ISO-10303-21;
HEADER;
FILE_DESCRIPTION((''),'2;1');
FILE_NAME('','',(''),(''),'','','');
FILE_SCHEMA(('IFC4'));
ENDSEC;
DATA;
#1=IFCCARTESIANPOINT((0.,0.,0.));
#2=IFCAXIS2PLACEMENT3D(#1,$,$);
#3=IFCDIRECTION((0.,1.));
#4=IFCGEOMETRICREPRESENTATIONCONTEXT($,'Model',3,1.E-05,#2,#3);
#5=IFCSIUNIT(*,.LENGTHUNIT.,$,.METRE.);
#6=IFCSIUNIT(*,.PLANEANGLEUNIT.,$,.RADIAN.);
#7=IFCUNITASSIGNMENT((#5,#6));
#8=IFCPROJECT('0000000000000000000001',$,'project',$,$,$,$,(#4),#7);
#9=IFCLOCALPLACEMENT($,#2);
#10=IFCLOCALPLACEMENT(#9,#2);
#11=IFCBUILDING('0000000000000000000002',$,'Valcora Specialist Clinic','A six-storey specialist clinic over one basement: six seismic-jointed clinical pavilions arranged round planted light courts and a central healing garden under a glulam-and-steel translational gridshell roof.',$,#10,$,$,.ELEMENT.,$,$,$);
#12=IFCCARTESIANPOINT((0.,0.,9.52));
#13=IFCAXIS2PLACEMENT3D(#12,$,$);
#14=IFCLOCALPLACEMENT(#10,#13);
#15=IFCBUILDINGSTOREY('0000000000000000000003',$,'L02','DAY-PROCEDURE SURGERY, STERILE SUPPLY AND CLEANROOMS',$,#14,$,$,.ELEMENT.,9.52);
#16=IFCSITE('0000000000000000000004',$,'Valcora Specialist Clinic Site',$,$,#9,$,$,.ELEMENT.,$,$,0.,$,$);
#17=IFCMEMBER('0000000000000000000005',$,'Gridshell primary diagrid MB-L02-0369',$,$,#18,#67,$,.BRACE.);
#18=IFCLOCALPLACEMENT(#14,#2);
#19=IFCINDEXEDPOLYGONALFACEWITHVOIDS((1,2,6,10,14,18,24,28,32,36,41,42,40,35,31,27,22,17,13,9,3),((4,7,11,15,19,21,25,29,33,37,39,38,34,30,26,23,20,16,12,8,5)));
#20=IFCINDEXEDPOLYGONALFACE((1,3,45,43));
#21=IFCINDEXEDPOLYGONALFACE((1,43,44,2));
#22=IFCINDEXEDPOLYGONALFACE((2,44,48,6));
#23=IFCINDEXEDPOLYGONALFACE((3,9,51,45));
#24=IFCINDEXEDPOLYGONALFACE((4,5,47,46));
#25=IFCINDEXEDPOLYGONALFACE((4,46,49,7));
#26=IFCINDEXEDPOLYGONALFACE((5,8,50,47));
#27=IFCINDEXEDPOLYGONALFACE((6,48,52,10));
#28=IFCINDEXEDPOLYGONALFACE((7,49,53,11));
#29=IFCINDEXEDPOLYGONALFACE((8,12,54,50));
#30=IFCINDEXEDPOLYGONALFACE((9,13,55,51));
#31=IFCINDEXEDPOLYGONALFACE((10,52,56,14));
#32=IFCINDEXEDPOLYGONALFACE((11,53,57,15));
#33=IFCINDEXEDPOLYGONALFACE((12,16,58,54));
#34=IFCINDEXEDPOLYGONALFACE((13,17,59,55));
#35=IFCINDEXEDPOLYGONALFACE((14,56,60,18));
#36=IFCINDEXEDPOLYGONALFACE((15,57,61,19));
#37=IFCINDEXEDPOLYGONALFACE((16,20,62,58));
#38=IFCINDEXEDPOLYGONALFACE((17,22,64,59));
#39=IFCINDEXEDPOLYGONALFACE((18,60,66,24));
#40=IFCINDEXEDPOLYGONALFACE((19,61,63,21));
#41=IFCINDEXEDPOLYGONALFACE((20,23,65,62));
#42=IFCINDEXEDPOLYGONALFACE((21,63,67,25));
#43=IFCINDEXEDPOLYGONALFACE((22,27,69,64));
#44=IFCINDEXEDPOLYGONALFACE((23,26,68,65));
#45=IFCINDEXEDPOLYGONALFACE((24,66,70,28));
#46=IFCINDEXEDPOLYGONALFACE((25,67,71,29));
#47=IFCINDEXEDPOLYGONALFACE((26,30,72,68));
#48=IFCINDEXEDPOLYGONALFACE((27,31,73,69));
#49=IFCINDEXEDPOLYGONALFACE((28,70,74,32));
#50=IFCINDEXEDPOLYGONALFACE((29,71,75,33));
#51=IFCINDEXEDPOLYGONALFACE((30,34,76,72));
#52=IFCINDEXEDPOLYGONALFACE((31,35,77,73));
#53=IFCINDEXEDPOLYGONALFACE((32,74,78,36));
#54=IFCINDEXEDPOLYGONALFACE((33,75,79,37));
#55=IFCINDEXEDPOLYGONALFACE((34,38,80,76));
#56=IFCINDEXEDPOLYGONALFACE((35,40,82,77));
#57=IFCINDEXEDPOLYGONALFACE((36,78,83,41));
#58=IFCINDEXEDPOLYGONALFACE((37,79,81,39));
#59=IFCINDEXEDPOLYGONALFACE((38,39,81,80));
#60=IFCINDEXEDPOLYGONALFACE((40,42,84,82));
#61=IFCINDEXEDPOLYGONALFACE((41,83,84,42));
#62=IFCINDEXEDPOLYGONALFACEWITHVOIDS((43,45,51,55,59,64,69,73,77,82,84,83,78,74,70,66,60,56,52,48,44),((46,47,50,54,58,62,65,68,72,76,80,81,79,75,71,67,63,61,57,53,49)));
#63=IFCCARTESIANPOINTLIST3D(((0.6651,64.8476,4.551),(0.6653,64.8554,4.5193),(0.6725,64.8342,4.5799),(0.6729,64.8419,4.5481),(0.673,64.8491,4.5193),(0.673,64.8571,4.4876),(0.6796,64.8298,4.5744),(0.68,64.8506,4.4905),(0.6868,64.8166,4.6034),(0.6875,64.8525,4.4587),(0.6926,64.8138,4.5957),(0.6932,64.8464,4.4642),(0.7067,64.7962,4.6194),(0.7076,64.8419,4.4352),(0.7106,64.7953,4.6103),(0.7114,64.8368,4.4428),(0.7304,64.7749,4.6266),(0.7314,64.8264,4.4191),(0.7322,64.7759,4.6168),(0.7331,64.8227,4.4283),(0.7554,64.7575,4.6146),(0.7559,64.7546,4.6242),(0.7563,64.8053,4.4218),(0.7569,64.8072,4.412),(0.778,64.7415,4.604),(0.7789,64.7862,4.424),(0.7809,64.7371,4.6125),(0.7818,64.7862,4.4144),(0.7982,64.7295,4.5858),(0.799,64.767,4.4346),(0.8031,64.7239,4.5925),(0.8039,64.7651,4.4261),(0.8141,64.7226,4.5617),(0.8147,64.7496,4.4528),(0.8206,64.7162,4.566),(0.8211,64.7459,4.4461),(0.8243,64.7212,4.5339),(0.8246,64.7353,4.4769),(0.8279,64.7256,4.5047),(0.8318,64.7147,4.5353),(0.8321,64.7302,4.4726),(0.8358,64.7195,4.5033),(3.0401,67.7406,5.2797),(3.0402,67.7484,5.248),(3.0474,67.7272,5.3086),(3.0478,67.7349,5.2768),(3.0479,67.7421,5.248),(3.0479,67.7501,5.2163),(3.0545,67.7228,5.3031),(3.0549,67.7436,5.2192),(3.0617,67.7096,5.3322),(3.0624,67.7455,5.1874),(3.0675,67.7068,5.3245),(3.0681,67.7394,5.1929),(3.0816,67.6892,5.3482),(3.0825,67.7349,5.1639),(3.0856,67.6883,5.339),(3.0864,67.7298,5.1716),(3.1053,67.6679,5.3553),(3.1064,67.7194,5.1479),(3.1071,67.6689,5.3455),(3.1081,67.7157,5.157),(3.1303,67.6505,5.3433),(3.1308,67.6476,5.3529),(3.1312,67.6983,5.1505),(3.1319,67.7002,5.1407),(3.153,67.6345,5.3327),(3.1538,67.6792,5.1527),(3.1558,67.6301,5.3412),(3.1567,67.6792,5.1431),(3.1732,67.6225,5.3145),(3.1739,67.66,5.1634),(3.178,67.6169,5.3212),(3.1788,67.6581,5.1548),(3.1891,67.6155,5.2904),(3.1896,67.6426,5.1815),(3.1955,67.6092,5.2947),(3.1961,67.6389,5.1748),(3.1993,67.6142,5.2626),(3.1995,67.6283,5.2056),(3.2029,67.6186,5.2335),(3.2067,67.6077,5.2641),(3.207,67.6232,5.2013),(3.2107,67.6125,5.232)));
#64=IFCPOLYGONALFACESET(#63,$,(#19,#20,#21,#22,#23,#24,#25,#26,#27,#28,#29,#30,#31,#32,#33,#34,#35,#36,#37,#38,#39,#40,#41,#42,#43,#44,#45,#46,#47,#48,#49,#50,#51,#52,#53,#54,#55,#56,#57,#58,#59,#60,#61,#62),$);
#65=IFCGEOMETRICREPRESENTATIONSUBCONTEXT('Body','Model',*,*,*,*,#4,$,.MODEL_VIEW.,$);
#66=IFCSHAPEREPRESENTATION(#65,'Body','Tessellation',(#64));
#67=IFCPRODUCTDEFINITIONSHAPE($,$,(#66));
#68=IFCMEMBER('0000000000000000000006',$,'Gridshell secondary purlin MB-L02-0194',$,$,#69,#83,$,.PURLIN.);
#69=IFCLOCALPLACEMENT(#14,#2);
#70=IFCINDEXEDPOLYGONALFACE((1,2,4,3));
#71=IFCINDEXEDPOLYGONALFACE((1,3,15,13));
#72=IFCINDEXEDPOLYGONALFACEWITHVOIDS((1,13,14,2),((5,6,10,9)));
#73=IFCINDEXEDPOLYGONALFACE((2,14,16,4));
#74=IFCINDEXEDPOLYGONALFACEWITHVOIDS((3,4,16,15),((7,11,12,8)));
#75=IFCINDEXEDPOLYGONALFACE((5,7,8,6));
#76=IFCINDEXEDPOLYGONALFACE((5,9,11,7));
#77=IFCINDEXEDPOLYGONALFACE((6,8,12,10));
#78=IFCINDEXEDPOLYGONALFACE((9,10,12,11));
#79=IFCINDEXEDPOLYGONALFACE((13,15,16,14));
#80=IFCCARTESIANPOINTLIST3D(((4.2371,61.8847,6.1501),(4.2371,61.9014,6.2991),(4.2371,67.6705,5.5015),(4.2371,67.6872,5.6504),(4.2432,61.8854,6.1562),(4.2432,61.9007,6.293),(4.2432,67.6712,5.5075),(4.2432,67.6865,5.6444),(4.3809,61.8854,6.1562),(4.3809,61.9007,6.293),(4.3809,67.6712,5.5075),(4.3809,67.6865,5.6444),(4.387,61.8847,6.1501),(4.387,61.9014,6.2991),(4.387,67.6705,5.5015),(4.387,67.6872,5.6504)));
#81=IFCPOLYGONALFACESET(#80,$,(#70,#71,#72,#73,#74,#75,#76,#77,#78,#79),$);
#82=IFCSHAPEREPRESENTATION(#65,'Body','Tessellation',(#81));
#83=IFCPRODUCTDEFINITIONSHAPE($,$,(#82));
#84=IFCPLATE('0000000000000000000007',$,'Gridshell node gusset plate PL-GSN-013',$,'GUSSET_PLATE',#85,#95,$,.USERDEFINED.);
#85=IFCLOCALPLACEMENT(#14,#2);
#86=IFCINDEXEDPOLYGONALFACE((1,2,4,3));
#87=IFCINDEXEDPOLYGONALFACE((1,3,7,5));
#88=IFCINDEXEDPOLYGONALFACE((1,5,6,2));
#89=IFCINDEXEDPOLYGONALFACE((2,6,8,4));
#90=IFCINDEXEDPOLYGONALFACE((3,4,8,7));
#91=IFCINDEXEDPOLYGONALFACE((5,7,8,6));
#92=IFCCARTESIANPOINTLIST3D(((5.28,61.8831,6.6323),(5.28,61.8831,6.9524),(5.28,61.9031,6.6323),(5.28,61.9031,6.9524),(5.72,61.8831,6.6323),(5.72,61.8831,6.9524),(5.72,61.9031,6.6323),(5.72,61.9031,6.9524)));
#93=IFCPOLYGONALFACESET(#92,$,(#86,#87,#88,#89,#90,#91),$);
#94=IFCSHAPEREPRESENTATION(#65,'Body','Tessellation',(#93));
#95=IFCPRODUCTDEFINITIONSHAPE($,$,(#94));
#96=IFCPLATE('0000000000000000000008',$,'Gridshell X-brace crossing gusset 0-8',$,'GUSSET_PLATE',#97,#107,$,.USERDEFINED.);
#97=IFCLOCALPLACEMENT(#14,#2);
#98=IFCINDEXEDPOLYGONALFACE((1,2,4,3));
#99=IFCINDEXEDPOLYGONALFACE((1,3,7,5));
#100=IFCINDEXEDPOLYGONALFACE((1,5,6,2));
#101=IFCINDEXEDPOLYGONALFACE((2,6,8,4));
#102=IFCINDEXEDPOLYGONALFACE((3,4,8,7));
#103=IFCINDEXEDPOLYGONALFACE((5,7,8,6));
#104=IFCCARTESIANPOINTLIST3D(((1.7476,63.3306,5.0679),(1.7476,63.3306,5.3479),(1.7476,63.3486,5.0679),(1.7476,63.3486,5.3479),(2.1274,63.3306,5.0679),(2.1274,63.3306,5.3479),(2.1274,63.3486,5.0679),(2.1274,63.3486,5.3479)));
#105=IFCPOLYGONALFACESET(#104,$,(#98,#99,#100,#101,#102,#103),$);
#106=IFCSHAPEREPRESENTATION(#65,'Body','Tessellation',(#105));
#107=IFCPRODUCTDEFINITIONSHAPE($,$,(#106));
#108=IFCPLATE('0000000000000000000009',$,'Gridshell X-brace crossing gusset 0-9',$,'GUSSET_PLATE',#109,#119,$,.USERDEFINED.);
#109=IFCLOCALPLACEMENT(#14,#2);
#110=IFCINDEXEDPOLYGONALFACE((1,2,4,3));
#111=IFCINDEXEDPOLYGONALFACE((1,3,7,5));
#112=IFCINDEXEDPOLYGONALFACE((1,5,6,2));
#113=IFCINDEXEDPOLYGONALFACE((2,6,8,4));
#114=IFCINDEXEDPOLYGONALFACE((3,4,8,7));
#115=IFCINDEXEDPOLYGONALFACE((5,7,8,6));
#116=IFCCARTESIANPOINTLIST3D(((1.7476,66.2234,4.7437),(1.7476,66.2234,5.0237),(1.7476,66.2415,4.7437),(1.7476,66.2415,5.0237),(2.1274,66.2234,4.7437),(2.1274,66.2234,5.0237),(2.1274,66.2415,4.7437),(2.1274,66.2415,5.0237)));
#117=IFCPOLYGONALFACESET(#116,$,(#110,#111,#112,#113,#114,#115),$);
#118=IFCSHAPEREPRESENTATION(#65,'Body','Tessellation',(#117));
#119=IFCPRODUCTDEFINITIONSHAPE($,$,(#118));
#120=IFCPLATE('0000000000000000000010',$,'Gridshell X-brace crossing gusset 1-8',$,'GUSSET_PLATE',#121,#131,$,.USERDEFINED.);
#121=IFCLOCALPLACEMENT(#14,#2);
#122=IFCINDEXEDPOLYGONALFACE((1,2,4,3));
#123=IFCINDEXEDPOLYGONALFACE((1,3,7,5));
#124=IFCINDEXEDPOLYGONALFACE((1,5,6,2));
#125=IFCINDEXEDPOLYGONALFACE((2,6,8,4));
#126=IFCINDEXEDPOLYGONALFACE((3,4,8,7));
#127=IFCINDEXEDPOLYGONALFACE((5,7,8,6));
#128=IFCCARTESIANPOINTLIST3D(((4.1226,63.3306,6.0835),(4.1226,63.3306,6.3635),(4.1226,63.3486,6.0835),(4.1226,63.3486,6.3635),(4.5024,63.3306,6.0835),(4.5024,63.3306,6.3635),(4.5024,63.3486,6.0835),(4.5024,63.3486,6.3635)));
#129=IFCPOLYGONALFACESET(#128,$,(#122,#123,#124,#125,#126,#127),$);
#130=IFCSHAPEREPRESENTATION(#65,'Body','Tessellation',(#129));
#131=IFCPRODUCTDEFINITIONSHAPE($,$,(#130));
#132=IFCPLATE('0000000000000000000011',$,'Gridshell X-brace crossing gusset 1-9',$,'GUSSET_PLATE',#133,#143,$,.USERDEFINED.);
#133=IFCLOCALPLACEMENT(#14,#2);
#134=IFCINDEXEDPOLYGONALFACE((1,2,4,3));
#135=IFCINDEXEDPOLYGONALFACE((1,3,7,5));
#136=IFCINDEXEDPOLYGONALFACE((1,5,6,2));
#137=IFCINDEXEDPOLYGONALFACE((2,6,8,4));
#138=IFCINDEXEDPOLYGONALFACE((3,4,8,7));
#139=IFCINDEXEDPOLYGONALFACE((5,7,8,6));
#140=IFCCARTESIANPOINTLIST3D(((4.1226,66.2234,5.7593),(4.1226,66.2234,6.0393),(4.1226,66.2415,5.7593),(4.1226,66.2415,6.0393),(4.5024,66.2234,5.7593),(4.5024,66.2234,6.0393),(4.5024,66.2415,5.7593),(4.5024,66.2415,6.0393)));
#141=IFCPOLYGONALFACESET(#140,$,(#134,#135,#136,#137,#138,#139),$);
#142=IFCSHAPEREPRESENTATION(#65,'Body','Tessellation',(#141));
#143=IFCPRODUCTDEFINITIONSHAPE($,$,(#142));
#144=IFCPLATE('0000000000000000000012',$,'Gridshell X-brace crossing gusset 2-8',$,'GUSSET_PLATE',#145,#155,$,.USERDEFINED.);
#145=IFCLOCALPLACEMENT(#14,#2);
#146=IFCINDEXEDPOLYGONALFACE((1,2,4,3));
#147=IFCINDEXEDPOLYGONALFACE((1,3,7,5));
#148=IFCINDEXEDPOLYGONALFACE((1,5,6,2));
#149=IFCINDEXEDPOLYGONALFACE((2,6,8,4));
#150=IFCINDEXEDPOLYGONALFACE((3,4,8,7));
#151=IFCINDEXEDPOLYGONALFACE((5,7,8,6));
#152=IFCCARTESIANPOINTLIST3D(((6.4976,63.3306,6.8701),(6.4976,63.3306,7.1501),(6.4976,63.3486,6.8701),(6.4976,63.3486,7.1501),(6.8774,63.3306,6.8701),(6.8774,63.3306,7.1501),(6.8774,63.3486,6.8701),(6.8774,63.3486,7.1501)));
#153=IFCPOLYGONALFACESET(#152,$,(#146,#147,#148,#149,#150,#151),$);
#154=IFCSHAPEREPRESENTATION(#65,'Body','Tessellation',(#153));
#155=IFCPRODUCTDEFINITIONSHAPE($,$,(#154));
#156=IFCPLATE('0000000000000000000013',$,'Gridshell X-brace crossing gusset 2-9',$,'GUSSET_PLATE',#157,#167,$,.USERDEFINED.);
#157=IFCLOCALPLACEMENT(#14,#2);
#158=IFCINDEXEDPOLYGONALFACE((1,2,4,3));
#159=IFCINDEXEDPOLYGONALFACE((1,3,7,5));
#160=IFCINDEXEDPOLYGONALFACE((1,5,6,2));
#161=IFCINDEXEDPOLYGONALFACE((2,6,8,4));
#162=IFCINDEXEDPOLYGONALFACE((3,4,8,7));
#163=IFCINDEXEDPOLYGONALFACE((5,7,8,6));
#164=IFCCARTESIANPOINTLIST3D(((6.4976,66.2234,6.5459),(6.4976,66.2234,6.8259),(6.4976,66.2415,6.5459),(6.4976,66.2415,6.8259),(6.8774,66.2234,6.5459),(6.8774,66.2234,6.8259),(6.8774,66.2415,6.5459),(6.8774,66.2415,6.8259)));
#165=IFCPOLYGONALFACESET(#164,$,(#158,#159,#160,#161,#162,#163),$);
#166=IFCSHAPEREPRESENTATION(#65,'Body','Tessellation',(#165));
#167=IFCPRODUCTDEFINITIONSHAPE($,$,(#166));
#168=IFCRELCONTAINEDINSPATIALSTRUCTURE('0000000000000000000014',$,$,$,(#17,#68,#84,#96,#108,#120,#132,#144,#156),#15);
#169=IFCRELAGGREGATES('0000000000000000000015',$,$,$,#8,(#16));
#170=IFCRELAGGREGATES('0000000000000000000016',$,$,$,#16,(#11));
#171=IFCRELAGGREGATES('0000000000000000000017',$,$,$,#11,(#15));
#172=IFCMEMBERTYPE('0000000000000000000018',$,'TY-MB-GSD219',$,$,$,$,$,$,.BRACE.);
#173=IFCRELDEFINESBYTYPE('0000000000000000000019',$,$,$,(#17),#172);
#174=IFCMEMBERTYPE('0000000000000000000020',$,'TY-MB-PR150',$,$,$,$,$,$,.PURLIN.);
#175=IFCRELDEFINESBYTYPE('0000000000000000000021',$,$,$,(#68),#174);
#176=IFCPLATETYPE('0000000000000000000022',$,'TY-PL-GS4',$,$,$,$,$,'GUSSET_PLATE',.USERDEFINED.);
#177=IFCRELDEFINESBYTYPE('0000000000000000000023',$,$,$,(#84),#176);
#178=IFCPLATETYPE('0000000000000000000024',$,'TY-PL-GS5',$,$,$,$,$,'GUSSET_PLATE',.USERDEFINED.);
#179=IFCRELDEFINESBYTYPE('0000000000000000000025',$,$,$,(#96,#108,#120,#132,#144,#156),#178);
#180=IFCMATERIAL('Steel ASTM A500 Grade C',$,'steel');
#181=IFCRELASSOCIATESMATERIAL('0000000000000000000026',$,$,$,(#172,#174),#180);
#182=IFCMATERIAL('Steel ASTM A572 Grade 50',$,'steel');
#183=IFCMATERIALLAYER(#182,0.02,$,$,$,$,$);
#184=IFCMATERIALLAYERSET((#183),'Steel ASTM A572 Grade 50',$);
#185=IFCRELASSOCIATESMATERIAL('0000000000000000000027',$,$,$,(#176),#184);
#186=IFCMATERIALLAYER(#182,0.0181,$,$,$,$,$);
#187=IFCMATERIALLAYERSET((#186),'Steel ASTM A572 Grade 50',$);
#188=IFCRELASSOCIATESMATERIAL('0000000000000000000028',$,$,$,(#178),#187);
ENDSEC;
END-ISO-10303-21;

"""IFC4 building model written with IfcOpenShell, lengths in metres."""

from ifc_helpers import new_model, si_unit, direction, frame, origin, origin_2d, place, context, subcontext, project, spatial, rectangle, hollow_rectangle, hollow_circle, extrude, material, layer, layer_set, material_profile, profile_set, type_object, element, save


model = new_model("IFC4")

# Units and contexts
model_context = context("Model", 3, precision=1e-05, world=origin(), true_north=direction((0.0, 1.0)))
body_context = subcontext(model_context, "Body", "Model", "MODEL_VIEW")
ifc_project = project(units=[si_unit("LENGTHUNIT", "METRE"), si_unit("PLANEANGLEUNIT", "RADIAN")], contexts=[model_context])

# Site, building, storey
site_placement = place(None, origin())
site = spatial("IfcSite", under=ifc_project, at=site_placement, Name="Valcora Specialist Clinic Site", CompositionType="ELEMENT", RefElevation=0.0)
building_placement = place(site_placement, origin())
building = spatial("IfcBuilding", under=site, at=building_placement, Name="Valcora Specialist Clinic", Description="A six-storey specialist clinic over one basement: six seismic-jointed clinical pavilions arranged round planted light courts and a central healing garden under a glulam-and-steel translational gridshell roof.", CompositionType="ELEMENT")
storey_placement = place(building_placement, frame((0.0, 0.0, 9.52)))
storey = spatial("IfcBuildingStorey", under=building, at=storey_placement, Name="L02", Description="DAY-PROCEDURE SURGERY, STERILE SUPPLY AND CLEANROOMS", CompositionType="ELEMENT", Elevation=9.52)

# Members
ifc_material_1 = material(Name="Steel ASTM A500 Grade C", Category="steel")
ifc_material_profile_1 = material_profile(ifc_material_1, hollow_circle(Radius=0.1096, WallThickness=0.01, at=origin_2d()), Name="ST-CHS-219X10")
ifc_profile_set_1 = profile_set([ifc_material_profile_1], Name="Steel ASTM A500 Grade C")
member_type_1 = type_object("IfcMemberType", Name="TY-MB-GSD219", PredefinedType="BRACE", material=ifc_profile_set_1)
member_1_placement = place(storey_placement, frame((0.75, 64.7859, 4.5193), z_axis=(0.622814, 0.75867, 0.191108), x_axis=(-0.772916, 0.634508, 0.0)))
element("IfcMember", 1, at=member_1_placement, inside=storey, type_object=member_type_1, Name="Gridshell primary diagrid MB-L02-0369", PredefinedType="BRACE", context=body_context, shape_type="SweptSolid", body=[
    extrude(hollow_circle(Radius=0.1096, WallThickness=0.01, at=origin_2d()), origin(), (0.0, 0.0, 1.0), 3.8132),
])
ifc_material_profile_2 = material_profile(ifc_material_1, hollow_rectangle(XDim=0.1499, YDim=0.1499, WallThickness=0.0061, at=origin_2d()), Name="ST-RHS-150X150X6")
ifc_profile_set_2 = profile_set([ifc_material_profile_2], Name="Steel ASTM A500 Grade C")
member_type_2 = type_object("IfcMemberType", Name="TY-MB-PR150", PredefinedType="PURLIN", material=ifc_profile_set_2)
member_2_placement = place(storey_placement, frame((4.312, 61.8931, 6.2246), z_axis=(0.0, 0.993774, -0.111416), x_axis=(-1.0, 0.0, 0.0)))
element("IfcMember", 2, at=member_2_placement, inside=storey, type_object=member_type_2, Name="Gridshell secondary purlin MB-L02-0194", PredefinedType="PURLIN", context=body_context, shape_type="SweptSolid", body=[
    extrude(hollow_rectangle(XDim=0.1499, YDim=0.1499, WallThickness=0.0061, at=origin_2d()), origin(), (0.0, 0.0, 1.0), 5.822),
])

# Plates
ifc_material_2 = material(Name="Steel ASTM A572 Grade 50", Category="steel")
ifc_layer_1 = layer(ifc_material_2, 0.02)
ifc_layer_set_1 = layer_set([ifc_layer_1], Name="Steel ASTM A572 Grade 50")
plate_type_1 = type_object("IfcPlateType", Name="TY-PL-GS4", ElementType="GUSSET_PLATE", PredefinedType="USERDEFINED", material=ifc_layer_set_1)
plate_placement = place(storey_placement, frame((5.5, 61.8931, 6.6323), z_axis=(0.0, 0.0, 1.0), x_axis=(1.0, 0.0, 0.0)))
element("IfcPlate", 3, at=plate_placement, inside=storey, type_object=plate_type_1, Name="Gridshell node gusset plate PL-GSN-013", ObjectType="GUSSET_PLATE", PredefinedType="USERDEFINED", context=body_context, shape_type="SweptSolid", body=[
    extrude(rectangle(XDim=0.4399, YDim=0.02, at=origin_2d()), origin(), (0.0, 0.0, 1.0), 0.3201),
])
ifc_layer_2 = layer(ifc_material_2, 0.0181)
ifc_layer_set_2 = layer_set([ifc_layer_2], Name="Steel ASTM A572 Grade 50")
plate_type_2 = type_object("IfcPlateType", Name="TY-PL-GS5", ElementType="GUSSET_PLATE", PredefinedType="USERDEFINED", material=ifc_layer_set_2)
for number, where, z_axis, x_axis, name in (
    (4, (1.9375, 63.3396, 5.0679), (0.0, 0.0, 1.0), (1.0, 0.0, 0.0), "Gridshell X-brace crossing gusset 0-8"),
    (5, (1.9375, 66.2324, 4.7437), (0.0, 0.0, 1.0), (1.0, 0.0, 0.0), "Gridshell X-brace crossing gusset 0-9"),
    (6, (4.3125, 63.3396, 6.0835), (0.0, 0.0, 1.0), (1.0, 0.0, 0.0), "Gridshell X-brace crossing gusset 1-8"),
    (7, (4.3125, 66.2324, 5.7593), (0.0, 0.0, 1.0), (1.0, 0.0, 0.0), "Gridshell X-brace crossing gusset 1-9"),
    (8, (6.6875, 63.3396, 6.8701), (0.0, 0.0, 1.0), (1.0, 0.0, 0.0), "Gridshell X-brace crossing gusset 2-8"),
    (9, (6.6875, 66.2324, 6.5459), (0.0, 0.0, 1.0), (1.0, 0.0, 0.0), "Gridshell X-brace crossing gusset 2-9"),
):
    element("IfcPlate", number, at=place(storey_placement, frame(where, z_axis=z_axis, x_axis=x_axis)), inside=storey, type_object=plate_type_2, Name=name, ObjectType="GUSSET_PLATE", PredefinedType="USERDEFINED", context=body_context, shape_type="SweptSolid", body=[
        extrude(rectangle(XDim=0.3799, YDim=0.0181, at=origin_2d()), origin(), (0.0, 0.0, 1.0), 0.28),
    ])

save(model, "model.ifc")
